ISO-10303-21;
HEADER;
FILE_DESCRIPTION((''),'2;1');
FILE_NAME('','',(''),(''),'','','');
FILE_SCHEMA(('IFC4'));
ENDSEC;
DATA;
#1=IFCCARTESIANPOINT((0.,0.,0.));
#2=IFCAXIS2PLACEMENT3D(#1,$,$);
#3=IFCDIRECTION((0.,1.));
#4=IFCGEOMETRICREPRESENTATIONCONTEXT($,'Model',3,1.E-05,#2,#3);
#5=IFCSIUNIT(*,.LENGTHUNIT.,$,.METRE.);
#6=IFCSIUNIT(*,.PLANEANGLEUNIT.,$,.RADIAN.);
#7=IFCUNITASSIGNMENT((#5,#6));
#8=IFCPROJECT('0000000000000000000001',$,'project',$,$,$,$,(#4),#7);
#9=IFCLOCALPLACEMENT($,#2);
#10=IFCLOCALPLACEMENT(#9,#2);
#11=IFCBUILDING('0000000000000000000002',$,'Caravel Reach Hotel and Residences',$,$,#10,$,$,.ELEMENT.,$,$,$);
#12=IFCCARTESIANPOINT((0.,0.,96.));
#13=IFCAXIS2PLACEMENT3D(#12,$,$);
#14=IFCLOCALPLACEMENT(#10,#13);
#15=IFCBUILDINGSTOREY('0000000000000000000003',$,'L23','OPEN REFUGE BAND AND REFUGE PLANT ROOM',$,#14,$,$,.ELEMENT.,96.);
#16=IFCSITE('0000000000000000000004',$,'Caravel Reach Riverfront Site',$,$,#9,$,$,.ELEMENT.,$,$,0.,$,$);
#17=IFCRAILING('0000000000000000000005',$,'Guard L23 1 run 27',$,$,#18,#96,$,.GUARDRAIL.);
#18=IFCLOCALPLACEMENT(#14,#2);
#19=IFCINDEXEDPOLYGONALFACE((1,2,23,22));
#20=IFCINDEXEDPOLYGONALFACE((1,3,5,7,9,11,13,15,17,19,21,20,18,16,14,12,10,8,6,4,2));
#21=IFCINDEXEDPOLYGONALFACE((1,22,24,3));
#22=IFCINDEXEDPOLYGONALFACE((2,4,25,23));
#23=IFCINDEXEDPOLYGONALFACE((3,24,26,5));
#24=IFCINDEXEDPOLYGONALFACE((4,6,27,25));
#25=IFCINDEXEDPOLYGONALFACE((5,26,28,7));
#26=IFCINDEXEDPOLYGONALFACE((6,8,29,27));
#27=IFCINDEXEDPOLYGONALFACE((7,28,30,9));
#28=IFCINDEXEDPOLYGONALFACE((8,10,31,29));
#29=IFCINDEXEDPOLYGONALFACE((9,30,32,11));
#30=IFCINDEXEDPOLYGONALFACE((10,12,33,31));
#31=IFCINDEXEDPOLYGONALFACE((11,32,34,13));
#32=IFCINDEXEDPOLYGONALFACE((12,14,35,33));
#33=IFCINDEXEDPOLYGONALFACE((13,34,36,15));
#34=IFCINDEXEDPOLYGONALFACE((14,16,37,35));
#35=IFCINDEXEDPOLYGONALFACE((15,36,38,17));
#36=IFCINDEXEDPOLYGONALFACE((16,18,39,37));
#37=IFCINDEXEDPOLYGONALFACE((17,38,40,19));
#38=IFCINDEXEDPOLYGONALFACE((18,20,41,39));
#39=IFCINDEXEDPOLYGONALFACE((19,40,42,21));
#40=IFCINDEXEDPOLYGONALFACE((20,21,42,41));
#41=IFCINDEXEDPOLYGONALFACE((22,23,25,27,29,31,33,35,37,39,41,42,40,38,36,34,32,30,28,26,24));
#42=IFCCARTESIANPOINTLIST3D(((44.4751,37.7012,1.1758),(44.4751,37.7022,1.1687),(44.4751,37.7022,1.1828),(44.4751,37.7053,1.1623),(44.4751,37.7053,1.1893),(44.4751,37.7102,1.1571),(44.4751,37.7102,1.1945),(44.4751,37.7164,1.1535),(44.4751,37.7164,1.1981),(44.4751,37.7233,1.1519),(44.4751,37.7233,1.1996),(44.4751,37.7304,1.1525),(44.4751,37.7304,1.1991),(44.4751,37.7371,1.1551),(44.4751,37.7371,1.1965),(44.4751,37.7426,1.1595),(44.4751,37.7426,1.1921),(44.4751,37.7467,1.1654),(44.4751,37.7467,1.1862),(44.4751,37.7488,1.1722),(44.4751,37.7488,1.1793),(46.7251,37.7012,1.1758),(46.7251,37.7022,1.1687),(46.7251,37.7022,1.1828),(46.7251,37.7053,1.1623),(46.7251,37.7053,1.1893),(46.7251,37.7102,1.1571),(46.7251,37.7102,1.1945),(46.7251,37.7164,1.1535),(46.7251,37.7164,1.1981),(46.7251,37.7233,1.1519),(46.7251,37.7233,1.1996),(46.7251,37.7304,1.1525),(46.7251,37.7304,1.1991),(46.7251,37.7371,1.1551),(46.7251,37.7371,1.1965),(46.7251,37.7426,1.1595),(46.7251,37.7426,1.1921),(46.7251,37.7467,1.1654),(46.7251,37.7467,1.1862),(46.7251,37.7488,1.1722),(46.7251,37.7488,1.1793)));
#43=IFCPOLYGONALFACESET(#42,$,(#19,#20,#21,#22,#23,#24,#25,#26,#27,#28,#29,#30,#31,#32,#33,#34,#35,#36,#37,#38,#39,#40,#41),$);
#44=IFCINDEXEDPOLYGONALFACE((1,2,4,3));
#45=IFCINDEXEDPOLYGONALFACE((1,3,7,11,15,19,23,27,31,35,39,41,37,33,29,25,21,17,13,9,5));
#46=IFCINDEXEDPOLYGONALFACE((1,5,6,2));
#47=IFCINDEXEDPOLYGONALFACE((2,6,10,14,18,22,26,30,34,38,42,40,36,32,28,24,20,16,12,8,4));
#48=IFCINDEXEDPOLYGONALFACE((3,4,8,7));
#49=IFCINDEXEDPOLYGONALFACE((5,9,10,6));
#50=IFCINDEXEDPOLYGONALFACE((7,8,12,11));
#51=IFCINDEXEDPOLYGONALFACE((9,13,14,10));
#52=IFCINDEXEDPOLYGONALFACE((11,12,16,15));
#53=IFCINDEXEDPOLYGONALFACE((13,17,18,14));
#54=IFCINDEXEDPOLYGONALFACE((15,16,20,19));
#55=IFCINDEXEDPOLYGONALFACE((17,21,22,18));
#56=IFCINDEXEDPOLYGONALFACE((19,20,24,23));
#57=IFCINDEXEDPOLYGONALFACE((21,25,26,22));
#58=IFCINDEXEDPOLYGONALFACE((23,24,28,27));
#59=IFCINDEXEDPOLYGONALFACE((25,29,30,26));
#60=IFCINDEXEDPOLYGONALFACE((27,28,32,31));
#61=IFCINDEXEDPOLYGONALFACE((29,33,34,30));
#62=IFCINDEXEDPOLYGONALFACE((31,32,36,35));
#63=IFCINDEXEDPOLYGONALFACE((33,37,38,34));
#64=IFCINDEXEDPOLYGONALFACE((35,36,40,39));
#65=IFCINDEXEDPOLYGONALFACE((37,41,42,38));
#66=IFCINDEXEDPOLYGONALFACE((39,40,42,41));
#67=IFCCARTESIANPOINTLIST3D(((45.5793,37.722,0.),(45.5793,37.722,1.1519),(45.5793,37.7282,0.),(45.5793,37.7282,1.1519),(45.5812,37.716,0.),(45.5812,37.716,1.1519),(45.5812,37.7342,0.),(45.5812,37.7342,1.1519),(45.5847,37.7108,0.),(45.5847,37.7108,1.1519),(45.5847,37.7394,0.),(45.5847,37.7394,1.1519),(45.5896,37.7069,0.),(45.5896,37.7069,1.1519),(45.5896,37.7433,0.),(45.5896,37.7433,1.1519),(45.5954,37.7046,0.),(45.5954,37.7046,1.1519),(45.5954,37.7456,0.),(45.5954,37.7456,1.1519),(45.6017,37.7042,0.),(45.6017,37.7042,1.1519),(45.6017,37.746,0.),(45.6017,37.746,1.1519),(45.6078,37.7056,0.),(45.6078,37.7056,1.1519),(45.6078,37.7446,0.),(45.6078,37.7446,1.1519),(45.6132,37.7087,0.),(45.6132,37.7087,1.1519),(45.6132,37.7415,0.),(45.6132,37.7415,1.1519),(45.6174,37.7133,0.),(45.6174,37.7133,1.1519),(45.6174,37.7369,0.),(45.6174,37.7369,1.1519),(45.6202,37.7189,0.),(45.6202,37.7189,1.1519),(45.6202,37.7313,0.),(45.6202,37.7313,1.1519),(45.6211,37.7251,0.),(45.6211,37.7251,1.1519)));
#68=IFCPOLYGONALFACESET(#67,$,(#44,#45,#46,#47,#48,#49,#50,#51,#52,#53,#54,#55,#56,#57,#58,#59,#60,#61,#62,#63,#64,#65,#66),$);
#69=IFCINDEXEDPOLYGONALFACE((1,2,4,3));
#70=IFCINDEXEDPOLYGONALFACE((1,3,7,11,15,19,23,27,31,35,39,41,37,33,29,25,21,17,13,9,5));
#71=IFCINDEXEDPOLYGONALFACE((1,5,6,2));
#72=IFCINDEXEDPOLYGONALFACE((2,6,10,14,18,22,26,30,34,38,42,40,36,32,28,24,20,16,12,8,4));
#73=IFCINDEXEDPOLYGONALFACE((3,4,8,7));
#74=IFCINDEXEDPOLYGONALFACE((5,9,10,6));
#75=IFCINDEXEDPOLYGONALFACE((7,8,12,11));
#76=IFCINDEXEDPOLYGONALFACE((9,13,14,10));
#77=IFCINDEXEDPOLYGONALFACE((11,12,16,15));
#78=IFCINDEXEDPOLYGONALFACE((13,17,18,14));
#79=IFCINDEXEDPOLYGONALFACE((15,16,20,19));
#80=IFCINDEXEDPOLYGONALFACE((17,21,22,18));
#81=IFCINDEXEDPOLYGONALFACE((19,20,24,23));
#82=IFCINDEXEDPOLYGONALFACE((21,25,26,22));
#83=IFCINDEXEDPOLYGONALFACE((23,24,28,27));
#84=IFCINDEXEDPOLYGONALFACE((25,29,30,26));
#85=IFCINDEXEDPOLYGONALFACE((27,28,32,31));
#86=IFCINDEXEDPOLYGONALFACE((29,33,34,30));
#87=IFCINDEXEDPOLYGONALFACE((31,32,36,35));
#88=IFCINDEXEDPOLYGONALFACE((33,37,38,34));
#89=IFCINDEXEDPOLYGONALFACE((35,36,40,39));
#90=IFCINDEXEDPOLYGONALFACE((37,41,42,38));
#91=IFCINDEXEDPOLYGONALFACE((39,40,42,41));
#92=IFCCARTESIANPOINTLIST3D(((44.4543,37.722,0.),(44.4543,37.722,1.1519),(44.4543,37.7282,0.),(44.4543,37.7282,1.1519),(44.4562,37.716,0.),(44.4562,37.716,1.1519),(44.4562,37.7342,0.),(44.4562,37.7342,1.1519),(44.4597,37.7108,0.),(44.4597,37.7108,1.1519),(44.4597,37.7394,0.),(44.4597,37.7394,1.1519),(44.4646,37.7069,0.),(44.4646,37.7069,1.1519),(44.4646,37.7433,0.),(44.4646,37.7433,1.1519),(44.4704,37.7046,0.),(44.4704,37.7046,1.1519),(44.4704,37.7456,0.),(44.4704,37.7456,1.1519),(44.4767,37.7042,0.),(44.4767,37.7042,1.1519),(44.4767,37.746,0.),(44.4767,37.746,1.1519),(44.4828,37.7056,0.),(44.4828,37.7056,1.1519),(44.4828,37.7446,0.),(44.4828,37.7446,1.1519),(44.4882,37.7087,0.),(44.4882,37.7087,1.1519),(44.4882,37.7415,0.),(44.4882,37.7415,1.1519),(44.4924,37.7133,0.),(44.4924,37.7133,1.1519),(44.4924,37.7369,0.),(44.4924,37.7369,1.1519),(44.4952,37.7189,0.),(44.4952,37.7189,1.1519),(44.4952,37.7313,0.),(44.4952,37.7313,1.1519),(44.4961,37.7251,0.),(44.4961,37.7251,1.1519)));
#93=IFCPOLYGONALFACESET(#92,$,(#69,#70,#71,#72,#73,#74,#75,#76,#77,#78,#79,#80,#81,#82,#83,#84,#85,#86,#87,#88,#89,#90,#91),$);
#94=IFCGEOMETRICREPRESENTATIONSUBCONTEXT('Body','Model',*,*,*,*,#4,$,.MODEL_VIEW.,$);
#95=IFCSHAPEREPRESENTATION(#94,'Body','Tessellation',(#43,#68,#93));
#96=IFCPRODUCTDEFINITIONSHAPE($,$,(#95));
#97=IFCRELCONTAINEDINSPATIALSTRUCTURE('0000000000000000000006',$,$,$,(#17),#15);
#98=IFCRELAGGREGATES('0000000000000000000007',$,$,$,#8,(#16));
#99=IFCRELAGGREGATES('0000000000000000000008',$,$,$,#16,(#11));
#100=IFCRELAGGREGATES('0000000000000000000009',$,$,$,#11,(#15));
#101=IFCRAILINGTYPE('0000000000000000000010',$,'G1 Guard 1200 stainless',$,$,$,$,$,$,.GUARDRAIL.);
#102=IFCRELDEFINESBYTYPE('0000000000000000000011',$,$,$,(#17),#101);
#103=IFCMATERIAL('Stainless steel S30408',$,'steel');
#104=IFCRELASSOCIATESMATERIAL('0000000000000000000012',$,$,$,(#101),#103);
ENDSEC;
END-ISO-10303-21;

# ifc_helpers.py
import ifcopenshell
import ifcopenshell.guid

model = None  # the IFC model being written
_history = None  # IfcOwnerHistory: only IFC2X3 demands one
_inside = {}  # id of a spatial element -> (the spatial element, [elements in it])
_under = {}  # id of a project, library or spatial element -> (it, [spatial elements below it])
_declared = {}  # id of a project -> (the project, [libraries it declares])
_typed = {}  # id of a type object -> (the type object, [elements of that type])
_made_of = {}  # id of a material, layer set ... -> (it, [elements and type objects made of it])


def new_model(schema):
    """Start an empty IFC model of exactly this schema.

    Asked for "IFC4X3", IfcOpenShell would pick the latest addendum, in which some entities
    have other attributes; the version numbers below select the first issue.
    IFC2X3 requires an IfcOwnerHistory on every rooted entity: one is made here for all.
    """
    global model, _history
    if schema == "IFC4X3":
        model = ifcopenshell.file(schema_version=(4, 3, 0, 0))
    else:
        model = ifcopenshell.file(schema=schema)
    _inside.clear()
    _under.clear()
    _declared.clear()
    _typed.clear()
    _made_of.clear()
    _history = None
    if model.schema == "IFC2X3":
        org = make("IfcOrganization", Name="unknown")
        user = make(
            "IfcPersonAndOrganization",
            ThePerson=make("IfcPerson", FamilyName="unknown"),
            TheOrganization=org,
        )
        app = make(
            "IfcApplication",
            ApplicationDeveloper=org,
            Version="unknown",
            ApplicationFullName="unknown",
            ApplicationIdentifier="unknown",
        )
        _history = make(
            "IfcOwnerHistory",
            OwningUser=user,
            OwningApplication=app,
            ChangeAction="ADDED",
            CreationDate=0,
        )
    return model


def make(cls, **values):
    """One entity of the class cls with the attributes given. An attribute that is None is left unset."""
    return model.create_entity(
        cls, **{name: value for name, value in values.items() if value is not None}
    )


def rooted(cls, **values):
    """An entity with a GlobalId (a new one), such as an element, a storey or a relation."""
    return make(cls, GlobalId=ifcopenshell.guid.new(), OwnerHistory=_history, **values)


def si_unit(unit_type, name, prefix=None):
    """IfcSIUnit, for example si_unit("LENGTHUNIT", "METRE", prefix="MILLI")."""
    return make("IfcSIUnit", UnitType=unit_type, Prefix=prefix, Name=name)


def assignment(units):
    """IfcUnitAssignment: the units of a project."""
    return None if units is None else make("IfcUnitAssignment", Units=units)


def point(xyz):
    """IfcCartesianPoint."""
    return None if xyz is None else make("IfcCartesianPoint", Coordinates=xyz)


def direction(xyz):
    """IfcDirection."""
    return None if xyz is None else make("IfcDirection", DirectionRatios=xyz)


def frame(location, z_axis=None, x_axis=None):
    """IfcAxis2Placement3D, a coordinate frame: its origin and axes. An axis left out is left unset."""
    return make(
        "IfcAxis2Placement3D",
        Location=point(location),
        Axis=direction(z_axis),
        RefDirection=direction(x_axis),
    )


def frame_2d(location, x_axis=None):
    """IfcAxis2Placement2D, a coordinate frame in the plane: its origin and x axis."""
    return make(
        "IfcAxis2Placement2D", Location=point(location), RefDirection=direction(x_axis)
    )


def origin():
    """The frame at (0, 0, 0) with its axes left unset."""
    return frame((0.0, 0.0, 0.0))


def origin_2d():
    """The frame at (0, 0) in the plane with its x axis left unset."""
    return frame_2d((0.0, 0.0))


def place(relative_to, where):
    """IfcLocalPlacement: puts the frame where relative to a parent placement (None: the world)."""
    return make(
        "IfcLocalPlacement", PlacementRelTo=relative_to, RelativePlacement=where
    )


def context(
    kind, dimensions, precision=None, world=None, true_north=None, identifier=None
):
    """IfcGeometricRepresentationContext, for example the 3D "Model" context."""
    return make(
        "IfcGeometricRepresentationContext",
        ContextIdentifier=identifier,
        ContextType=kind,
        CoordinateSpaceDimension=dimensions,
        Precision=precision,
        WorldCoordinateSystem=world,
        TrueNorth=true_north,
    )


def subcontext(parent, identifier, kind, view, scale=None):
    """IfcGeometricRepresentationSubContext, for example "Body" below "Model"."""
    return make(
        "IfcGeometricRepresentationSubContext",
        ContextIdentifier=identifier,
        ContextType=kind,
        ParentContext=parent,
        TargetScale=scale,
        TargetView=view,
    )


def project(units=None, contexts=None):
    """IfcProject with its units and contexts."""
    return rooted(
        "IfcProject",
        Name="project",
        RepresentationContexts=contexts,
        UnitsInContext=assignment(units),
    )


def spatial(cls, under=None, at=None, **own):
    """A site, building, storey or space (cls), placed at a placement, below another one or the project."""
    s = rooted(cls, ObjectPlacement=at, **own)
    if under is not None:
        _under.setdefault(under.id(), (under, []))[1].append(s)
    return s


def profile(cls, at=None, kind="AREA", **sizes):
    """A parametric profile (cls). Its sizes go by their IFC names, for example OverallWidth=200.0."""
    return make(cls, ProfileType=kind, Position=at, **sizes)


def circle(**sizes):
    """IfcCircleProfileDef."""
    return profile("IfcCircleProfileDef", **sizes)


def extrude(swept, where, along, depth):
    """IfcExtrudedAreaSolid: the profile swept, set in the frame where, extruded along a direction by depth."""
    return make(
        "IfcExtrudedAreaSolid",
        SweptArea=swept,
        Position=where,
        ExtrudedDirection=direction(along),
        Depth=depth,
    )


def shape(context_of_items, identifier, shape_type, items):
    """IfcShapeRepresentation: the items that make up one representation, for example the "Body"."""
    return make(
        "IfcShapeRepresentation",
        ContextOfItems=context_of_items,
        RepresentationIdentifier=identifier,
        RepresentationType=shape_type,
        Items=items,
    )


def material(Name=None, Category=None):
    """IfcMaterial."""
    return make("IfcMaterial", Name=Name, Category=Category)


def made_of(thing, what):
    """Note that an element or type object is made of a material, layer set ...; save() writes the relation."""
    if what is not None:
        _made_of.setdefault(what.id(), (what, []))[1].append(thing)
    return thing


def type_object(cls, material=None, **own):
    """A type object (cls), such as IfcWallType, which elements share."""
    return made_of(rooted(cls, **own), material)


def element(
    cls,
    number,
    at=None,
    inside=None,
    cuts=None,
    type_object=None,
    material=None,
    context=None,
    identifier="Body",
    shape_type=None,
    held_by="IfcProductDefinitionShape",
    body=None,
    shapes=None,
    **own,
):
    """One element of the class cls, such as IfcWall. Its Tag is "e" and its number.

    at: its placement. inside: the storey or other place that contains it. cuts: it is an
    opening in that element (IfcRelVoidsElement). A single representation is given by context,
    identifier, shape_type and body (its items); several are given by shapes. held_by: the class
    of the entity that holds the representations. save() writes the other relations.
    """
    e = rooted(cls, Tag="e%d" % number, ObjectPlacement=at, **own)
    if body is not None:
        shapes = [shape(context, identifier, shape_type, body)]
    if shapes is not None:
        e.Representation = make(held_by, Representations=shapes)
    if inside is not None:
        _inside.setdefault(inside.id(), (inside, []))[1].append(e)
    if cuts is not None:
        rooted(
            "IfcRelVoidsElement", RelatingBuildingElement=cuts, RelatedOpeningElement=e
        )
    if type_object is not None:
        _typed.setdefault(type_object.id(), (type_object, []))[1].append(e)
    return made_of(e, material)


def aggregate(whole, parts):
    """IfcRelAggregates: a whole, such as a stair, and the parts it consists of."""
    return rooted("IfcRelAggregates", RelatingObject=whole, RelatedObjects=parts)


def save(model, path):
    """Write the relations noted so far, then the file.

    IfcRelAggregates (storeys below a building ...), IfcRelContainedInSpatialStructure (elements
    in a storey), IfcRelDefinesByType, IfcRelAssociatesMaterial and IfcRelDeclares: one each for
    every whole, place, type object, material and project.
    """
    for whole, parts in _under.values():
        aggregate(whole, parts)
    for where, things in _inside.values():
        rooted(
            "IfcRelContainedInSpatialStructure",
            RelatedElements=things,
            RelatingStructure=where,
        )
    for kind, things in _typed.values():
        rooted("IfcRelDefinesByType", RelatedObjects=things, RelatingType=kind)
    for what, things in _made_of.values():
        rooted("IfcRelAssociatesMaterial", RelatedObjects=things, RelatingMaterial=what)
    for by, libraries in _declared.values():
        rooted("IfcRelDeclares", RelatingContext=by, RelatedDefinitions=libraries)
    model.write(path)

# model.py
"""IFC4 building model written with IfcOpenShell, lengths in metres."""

from ifc_helpers import new_model, si_unit, direction, frame, origin, origin_2d, place, context, subcontext, project, spatial, circle, extrude, material, type_object, element, save


model = new_model("IFC4")

# Units and contexts
model_context = context("Model", 3, precision=1e-05, world=origin(), true_north=direction((0.0, 1.0)))
body_context = subcontext(model_context, "Body", "Model", "MODEL_VIEW")
ifc_project = project(units=[si_unit("LENGTHUNIT", "METRE"), si_unit("PLANEANGLEUNIT", "RADIAN")], contexts=[model_context])

# Site, building, storey
site_placement = place(None, origin())
site = spatial("IfcSite", under=ifc_project, at=site_placement, Name="Caravel Reach Riverfront Site", CompositionType="ELEMENT", RefElevation=0.0)
building_placement = place(site_placement, origin())
building = spatial("IfcBuilding", under=site, at=building_placement, Name="Caravel Reach Hotel and Residences", CompositionType="ELEMENT")
storey_placement = place(building_placement, frame((0.0, 0.0, 96.0)))
storey = spatial("IfcBuildingStorey", under=building, at=storey_placement, Name="L23", Description="OPEN REFUGE BAND AND REFUGE PLANT ROOM", CompositionType="ELEMENT", Elevation=96.0)

# Railing
ifc_material_1 = material(Name="Stainless steel S30408", Category="steel")
railing_type = type_object("IfcRailingType", Name="G1 Guard 1200 stainless", PredefinedType="GUARDRAIL", material=ifc_material_1)
railing_1_placement = place(storey_placement, frame((46.7251, 37.7251, 0.0)))
element("IfcRailing", 1, at=railing_1_placement, inside=storey, type_object=railing_type, Name="Guard L23 1 run 27", PredefinedType="GUARDRAIL", context=body_context, shape_type="SweptSolid", body=[
    extrude(circle(Radius=0.0239, at=origin_2d()), frame((0.0, 0.0, 1.1758), z_axis=(-1.0, 0.0, 0.0), x_axis=(0.0, -1.0, 0.0)), (0.0, 0.0, 1.0), 2.25),
    extrude(circle(Radius=0.021, at=origin_2d()), frame((-1.125, 0.0, 0.0)), (0.0, 0.0, 1.0), 1.1519),
    extrude(circle(Radius=0.021, at=origin_2d()), frame((-2.25, 0.0, 0.0)), (0.0, 0.0, 1.0), 1.1519),
])

save(model, "model.ifc")
